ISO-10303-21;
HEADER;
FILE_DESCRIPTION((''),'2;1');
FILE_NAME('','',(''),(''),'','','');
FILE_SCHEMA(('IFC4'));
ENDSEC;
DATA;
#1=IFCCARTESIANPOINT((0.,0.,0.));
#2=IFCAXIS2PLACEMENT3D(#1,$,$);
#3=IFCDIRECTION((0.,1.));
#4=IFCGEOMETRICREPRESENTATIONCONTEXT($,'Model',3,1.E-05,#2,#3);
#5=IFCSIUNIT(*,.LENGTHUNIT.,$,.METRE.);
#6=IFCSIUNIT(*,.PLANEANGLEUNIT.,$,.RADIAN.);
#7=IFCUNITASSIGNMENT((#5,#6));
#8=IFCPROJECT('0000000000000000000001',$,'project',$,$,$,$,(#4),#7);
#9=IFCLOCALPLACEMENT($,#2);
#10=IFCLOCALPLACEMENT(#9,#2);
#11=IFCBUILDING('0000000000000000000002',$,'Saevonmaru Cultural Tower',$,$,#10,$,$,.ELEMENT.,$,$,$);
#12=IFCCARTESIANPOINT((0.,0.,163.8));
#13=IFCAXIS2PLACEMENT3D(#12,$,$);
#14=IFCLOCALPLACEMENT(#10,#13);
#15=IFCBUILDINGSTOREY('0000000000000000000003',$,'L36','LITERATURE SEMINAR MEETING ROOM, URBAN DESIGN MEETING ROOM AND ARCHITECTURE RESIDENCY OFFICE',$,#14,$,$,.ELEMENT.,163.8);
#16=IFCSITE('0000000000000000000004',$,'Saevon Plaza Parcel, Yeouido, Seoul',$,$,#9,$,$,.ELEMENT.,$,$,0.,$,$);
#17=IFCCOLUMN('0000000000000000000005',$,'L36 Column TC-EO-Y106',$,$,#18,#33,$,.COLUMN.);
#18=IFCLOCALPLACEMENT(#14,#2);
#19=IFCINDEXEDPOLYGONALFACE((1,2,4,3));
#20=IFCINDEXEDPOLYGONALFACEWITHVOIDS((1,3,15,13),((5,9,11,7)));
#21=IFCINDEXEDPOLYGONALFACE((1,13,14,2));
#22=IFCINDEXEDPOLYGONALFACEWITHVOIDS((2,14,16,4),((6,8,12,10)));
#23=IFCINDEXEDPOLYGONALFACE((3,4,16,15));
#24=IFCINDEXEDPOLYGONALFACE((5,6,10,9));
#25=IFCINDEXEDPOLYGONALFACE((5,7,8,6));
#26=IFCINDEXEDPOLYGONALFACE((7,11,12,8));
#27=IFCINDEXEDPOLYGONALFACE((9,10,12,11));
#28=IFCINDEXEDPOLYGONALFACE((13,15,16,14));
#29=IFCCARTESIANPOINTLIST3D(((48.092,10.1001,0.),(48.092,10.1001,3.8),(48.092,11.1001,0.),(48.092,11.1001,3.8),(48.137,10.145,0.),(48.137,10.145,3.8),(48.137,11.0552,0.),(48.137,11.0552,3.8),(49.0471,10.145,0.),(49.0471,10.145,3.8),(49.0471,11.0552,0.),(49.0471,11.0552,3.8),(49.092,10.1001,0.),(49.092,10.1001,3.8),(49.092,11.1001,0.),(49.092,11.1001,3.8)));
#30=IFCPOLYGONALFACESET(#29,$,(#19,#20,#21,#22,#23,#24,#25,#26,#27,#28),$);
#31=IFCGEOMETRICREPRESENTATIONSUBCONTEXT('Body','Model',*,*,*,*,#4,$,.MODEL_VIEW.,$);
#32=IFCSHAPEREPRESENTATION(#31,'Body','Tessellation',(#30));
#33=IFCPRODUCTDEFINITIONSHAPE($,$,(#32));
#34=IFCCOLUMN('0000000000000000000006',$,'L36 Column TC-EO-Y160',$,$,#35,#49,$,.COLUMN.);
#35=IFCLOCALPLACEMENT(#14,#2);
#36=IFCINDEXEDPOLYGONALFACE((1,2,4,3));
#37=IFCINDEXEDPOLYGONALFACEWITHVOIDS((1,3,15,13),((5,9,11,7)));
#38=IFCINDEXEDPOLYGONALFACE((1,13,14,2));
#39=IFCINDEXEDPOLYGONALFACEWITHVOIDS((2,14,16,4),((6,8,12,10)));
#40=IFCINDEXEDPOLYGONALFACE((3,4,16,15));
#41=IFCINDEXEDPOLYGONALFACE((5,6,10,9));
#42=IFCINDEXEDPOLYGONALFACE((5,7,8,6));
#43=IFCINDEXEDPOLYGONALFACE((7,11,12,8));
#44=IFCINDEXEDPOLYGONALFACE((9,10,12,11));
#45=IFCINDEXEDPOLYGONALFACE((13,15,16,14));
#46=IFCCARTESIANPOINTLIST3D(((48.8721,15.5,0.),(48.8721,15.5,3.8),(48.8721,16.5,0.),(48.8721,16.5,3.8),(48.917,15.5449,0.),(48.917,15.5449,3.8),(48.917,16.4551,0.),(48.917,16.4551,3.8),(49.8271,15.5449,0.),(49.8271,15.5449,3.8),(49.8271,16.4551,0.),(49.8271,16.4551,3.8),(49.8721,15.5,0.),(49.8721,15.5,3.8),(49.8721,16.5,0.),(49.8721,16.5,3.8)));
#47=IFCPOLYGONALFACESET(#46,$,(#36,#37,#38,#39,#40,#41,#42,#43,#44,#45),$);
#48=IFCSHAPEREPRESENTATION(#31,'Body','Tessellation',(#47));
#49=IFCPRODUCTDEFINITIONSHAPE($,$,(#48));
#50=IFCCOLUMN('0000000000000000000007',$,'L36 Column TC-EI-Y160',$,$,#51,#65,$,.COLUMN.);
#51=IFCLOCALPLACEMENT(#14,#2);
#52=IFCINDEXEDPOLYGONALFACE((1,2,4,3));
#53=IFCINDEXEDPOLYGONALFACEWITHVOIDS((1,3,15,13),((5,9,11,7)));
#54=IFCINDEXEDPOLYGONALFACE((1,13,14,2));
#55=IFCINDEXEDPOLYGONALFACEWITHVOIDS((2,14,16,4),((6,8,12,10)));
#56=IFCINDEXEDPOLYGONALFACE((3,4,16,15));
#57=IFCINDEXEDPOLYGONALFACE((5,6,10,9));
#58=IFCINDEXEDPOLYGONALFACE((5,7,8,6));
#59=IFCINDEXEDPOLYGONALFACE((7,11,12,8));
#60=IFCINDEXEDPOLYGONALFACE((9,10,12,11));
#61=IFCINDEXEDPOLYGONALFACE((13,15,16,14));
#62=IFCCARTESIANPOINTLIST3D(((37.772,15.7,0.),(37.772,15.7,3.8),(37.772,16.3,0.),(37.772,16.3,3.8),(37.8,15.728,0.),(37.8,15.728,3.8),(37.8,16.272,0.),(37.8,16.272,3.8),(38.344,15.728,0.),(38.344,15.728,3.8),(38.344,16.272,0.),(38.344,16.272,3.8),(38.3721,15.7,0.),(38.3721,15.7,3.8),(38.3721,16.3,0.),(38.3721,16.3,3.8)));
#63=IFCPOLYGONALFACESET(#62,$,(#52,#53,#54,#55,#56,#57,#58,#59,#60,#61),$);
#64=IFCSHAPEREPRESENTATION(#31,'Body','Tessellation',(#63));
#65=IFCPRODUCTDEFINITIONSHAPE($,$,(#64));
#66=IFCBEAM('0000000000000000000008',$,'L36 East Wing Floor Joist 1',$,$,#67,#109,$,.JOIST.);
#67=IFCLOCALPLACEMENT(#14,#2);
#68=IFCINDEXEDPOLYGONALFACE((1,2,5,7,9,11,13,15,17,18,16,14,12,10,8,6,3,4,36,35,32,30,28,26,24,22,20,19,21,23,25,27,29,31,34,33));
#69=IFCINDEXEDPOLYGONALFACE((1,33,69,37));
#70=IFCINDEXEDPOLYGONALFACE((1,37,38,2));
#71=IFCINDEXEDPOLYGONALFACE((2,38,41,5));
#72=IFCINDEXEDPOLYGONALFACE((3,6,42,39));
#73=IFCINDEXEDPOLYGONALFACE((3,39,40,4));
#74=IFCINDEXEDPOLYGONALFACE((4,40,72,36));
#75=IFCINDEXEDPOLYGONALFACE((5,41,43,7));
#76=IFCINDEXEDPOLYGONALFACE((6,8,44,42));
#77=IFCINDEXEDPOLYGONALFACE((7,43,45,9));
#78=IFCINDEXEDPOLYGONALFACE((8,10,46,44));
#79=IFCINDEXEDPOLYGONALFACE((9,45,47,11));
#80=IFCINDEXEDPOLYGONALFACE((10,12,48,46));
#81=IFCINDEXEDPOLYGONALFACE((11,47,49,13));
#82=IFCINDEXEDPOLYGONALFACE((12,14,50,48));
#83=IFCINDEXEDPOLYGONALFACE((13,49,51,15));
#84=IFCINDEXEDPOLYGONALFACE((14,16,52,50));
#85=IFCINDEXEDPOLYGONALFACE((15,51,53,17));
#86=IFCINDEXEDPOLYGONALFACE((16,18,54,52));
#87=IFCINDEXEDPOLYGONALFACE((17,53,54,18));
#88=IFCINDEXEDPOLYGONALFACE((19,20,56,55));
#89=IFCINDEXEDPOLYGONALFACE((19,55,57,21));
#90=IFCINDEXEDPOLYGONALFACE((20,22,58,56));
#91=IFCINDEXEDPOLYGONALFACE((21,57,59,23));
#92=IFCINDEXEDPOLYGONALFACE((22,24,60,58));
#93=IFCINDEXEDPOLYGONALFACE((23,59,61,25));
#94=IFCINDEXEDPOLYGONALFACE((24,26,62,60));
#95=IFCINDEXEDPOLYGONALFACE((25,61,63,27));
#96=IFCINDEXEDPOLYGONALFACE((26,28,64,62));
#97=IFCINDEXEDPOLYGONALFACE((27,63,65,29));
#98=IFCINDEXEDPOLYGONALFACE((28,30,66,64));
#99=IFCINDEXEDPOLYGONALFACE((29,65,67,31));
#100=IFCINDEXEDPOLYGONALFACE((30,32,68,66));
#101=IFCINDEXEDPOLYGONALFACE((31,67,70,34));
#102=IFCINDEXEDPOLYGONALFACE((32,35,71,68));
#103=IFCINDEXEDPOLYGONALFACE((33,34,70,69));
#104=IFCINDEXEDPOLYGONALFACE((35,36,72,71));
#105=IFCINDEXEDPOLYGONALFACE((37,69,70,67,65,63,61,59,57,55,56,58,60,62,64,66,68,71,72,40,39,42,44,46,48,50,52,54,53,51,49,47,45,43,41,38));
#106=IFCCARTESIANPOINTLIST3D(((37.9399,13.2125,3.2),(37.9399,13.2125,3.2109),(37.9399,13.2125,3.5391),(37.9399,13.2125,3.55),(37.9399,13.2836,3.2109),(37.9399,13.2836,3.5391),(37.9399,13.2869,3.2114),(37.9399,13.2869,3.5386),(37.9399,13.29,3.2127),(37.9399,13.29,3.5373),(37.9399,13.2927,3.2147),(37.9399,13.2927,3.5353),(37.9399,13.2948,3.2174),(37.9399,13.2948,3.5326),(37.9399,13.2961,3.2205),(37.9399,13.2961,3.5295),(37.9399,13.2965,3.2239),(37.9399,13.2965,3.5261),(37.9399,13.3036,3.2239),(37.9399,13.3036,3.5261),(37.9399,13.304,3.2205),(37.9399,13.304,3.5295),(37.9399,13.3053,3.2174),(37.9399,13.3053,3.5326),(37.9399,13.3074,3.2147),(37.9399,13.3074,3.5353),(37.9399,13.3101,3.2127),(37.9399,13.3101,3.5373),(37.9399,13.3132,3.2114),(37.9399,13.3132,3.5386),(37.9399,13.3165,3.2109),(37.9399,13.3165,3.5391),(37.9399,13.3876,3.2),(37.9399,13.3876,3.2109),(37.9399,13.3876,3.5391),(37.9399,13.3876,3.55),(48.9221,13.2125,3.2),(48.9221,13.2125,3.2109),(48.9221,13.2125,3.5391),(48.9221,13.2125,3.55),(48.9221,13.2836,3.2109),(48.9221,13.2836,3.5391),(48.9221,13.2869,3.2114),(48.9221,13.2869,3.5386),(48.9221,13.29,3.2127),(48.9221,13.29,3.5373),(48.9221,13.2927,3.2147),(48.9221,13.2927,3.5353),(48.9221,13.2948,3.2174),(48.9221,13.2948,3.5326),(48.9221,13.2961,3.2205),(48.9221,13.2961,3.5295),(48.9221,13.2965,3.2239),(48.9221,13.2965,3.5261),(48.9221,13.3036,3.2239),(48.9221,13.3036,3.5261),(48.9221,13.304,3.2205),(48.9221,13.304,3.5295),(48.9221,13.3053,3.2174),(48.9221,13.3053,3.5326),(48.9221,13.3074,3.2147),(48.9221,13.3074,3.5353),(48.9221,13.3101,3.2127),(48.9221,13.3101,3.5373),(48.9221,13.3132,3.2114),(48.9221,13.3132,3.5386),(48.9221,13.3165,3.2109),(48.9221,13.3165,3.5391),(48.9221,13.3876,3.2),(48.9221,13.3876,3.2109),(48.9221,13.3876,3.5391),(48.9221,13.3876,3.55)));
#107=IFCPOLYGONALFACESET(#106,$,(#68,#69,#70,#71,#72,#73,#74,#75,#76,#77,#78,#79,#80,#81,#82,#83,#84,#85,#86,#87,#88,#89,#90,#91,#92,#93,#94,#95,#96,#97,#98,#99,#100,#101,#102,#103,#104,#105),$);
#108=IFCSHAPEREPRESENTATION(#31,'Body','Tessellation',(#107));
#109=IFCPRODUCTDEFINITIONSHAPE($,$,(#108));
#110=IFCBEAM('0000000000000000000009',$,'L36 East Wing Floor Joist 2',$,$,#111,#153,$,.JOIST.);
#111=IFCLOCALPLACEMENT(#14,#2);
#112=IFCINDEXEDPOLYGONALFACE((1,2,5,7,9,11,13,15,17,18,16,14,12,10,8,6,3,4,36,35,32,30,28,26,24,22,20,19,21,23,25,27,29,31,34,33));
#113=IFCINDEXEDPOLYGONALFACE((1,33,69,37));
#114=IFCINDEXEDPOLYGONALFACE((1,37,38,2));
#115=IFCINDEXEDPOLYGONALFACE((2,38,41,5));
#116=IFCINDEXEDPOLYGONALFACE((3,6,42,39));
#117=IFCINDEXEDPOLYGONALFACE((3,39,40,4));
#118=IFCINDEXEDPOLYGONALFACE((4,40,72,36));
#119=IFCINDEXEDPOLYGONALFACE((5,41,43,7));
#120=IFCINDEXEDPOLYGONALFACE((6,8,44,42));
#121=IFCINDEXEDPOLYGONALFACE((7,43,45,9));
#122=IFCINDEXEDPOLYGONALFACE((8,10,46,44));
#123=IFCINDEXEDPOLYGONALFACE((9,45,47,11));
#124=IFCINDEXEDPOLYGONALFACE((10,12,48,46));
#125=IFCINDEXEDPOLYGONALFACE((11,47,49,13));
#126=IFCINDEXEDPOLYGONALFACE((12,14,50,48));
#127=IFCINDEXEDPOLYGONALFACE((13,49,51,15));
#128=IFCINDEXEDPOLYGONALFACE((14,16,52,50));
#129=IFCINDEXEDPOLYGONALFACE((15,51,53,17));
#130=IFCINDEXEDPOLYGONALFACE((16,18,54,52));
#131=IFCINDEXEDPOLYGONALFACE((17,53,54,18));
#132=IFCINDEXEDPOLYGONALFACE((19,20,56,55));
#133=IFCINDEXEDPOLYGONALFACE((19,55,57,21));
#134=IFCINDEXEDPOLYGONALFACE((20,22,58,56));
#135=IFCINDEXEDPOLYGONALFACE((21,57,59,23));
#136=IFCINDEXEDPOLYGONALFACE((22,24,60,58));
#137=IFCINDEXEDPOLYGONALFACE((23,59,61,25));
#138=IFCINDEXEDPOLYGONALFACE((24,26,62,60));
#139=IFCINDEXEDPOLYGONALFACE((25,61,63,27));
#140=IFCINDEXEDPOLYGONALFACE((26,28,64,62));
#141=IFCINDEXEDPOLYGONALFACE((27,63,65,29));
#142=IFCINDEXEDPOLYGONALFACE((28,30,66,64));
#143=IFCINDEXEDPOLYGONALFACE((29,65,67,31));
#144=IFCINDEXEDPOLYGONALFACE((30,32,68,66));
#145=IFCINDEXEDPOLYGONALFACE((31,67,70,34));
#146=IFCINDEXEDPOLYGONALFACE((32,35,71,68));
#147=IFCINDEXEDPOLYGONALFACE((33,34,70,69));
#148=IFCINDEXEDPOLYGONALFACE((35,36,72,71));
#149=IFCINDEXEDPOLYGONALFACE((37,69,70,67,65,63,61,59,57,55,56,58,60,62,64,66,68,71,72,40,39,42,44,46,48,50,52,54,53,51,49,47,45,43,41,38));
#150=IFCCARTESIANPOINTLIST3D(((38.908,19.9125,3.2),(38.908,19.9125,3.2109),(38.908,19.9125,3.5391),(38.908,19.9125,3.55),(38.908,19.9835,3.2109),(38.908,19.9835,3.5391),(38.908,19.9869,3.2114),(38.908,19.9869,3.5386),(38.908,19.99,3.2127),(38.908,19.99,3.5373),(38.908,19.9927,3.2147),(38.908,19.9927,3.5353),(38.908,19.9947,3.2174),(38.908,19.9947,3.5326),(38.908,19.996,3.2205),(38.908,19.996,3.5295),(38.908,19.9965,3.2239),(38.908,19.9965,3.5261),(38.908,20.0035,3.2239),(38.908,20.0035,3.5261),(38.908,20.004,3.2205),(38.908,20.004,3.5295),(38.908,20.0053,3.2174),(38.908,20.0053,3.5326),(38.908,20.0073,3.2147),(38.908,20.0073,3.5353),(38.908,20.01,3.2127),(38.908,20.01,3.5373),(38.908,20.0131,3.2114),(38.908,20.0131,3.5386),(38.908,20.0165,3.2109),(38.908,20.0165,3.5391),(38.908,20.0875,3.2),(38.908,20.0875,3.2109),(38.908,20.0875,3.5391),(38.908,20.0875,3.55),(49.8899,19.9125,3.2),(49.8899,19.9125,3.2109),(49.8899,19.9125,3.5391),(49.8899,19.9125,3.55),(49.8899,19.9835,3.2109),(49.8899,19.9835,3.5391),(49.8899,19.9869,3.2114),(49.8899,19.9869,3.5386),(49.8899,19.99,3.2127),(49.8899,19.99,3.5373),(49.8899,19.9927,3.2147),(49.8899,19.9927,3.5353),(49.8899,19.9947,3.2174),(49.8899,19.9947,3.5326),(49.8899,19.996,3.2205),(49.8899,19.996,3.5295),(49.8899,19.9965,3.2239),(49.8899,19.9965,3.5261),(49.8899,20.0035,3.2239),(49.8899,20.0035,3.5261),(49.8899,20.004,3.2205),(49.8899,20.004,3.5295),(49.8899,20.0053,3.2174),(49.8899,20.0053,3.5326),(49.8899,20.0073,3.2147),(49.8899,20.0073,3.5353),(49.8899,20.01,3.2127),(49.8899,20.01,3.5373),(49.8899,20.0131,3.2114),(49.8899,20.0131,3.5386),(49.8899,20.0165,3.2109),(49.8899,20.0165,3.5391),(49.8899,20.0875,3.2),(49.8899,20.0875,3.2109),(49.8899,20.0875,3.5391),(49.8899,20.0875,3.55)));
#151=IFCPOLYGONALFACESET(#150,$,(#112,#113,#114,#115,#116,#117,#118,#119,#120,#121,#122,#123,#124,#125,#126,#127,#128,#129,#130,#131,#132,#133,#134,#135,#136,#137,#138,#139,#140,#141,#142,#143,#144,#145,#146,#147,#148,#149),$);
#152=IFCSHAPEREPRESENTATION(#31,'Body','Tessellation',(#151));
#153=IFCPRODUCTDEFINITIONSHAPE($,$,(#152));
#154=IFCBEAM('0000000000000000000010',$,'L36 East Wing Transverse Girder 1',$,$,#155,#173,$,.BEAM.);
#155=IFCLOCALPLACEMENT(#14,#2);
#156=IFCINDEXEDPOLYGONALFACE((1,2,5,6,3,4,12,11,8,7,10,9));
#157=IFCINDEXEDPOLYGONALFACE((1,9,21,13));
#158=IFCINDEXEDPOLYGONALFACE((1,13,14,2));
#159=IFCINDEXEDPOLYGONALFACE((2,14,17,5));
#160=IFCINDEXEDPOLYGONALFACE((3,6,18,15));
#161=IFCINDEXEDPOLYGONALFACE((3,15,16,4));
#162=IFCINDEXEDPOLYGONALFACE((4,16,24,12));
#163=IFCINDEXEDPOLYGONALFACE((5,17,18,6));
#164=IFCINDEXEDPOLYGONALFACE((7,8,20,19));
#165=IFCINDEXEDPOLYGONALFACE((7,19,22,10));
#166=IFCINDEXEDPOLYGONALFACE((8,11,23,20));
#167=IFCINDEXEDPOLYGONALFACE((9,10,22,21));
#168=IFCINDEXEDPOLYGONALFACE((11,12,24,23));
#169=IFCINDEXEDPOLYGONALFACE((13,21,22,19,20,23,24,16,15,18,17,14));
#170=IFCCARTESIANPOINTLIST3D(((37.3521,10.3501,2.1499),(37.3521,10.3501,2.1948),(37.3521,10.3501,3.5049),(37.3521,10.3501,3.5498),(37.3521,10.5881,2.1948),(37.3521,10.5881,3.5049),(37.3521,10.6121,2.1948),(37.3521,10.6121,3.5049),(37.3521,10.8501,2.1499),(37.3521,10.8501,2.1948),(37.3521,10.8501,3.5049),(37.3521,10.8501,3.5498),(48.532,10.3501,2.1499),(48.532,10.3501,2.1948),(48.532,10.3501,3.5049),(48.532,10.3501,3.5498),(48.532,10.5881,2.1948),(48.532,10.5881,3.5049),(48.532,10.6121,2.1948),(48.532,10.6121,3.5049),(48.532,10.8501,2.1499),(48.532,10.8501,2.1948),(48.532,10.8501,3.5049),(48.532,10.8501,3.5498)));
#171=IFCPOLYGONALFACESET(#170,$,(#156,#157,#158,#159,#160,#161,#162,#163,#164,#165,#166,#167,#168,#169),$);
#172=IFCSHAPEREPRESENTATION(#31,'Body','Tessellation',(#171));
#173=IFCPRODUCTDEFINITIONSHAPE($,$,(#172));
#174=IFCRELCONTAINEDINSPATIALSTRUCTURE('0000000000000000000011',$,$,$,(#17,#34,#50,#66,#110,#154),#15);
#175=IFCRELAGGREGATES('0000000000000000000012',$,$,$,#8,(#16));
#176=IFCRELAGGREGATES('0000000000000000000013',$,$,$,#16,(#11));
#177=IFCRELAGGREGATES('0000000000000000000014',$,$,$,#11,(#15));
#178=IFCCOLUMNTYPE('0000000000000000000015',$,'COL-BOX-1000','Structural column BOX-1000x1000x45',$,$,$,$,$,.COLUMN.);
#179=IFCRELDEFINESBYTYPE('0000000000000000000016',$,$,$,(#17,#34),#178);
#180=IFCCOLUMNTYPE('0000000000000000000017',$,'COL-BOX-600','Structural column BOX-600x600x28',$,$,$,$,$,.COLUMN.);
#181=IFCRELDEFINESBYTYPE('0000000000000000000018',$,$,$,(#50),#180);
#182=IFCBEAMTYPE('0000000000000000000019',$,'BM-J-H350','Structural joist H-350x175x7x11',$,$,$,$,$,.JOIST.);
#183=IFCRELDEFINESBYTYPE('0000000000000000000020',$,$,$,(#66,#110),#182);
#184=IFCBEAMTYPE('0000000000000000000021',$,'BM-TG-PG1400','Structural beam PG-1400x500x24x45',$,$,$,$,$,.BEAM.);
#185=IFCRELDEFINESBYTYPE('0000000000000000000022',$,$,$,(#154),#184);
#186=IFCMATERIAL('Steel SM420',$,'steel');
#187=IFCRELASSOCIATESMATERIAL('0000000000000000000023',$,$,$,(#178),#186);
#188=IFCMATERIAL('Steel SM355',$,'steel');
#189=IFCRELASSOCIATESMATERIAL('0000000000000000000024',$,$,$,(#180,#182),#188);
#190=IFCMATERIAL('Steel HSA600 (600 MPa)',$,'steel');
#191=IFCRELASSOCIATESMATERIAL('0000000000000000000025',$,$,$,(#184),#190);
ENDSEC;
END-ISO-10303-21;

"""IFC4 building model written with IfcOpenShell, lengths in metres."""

from ifc_helpers import new_model, si_unit, direction, frame, origin, origin_2d, place, context, subcontext, project, spatial, hollow_rectangle, i_section, extrude, material, material_profile, profile_set, type_object, element, save


model = new_model("IFC4")

# Units and contexts
model_context = context("Model", 3, precision=1e-05, world=origin(), true_north=direction((0.0, 1.0)))
body_context = subcontext(model_context, "Body", "Model", "MODEL_VIEW")
ifc_project = project(units=[si_unit("LENGTHUNIT", "METRE"), si_unit("PLANEANGLEUNIT", "RADIAN")], contexts=[model_context])

# Site, building, storey
site_placement = place(None, origin())
site = spatial("IfcSite", under=ifc_project, at=site_placement, Name="Saevon Plaza Parcel, Yeouido, Seoul", CompositionType="ELEMENT", RefElevation=0.0)
building_placement = place(site_placement, origin())
building = spatial("IfcBuilding", under=site, at=building_placement, Name="Saevonmaru Cultural Tower", CompositionType="ELEMENT")
storey_placement = place(building_placement, frame((0.0, 0.0, 163.8)))
storey = spatial("IfcBuildingStorey", under=building, at=storey_placement, Name="L36", Description="LITERATURE SEMINAR MEETING ROOM, URBAN DESIGN MEETING ROOM AND ARCHITECTURE RESIDENCY OFFICE", CompositionType="ELEMENT", Elevation=163.8)

# Columns
ifc_material_1 = material(Name="Steel SM420", Category="steel")
ifc_material_profile_1 = material_profile(ifc_material_1, hollow_rectangle(XDim=1.0, YDim=1.0, WallThickness=0.0449, at=origin_2d()), Name="BOX-1000x1000x45")
ifc_profile_set_1 = profile_set([ifc_material_profile_1], Name="Steel SM420")
column_type_1 = type_object("IfcColumnType", Name="COL-BOX-1000", Description="Structural column BOX-1000x1000x45", PredefinedType="COLUMN", material=ifc_profile_set_1)
for number, where, z_axis, x_axis, name in (
    (1, (48.592, 10.6001, 0.0), (0.0, 0.0, 1.0), (1.0, 0.0, 0.0), "L36 Column TC-EO-Y106"),
    (2, (49.3721, 16.0, 0.0), (0.0, 0.0, 1.0), (1.0, 0.0, 0.0), "L36 Column TC-EO-Y160"),
):
    element("IfcColumn", number, at=place(storey_placement, frame(where, z_axis=z_axis, x_axis=x_axis)), inside=storey, type_object=column_type_1, Name=name, PredefinedType="COLUMN", context=body_context, shape_type="SweptSolid", body=[
        extrude(hollow_rectangle(XDim=1.0, YDim=1.0, WallThickness=0.0449, at=origin_2d()), origin(), (0.0, 0.0, 1.0), 3.8),
    ])
ifc_material_2 = material(Name="Steel SM355", Category="steel")
ifc_material_profile_2 = material_profile(ifc_material_2, hollow_rectangle(XDim=0.6001, YDim=0.6001, WallThickness=0.0281, at=origin_2d()), Name="BOX-600x600x28")
ifc_profile_set_2 = profile_set([ifc_material_profile_2], Name="Steel SM355")
column_type_2 = type_object("IfcColumnType", Name="COL-BOX-600", Description="Structural column BOX-600x600x28", PredefinedType="COLUMN", material=ifc_profile_set_2)
column_placement = place(storey_placement, frame((38.072, 16.0, 0.0), z_axis=(0.0, 0.0, 1.0), x_axis=(1.0, 0.0, 0.0)))
element("IfcColumn", 3, at=column_placement, inside=storey, type_object=column_type_2, Name="L36 Column TC-EI-Y160", PredefinedType="COLUMN", context=body_context, shape_type="SweptSolid", body=[
    extrude(hollow_rectangle(XDim=0.6001, YDim=0.6001, WallThickness=0.0281, at=origin_2d()), origin(), (0.0, 0.0, 1.0), 3.8),
])

# Beams
ifc_material_profile_3 = material_profile(ifc_material_2, i_section(OverallWidth=0.175, OverallDepth=0.3501, WebThickness=0.0071, FlangeThickness=0.011, FilletRadius=0.0129, at=origin_2d()), Name="H-350x175x7x11")
ifc_profile_set_3 = profile_set([ifc_material_profile_3], Name="Steel SM355")
beam_type_1 = type_object("IfcBeamType", Name="BM-J-H350", Description="Structural joist H-350x175x7x11", PredefinedType="JOIST", material=ifc_profile_set_3)
beam_1_placement = place(storey_placement, frame((37.9399, 13.3, 3.375), z_axis=(1.0, 0.0, 0.0), x_axis=(0.0, 1.0, 0.0)))
element("IfcBeam", 4, at=beam_1_placement, inside=storey, type_object=beam_type_1, Name="L36 East Wing Floor Joist 1", PredefinedType="JOIST", context=body_context, shape_type="SweptSolid", body=[
    extrude(i_section(OverallWidth=0.175, OverallDepth=0.3501, WebThickness=0.0071, FlangeThickness=0.011, FilletRadius=0.0129, at=origin_2d()), origin(), (0.0, 0.0, 1.0), 10.9822),
])
beam_2_placement = place(storey_placement, frame((38.908, 20.0, 3.375), z_axis=(1.0, 0.0, 0.0), x_axis=(0.0, 1.0, 0.0)))
element("IfcBeam", 5, at=beam_2_placement, inside=storey, type_object=beam_type_1, Name="L36 East Wing Floor Joist 2", PredefinedType="JOIST", context=body_context, shape_type="SweptSolid", body=[
    extrude(i_section(OverallWidth=0.175, OverallDepth=0.3501, WebThickness=0.0071, FlangeThickness=0.011, FilletRadius=0.0129, at=origin_2d()), origin(), (0.0, 0.0, 1.0), 10.9819),
])
ifc_material_3 = material(Name="Steel HSA600 (600 MPa)", Category="steel")
ifc_material_profile_4 = material_profile(ifc_material_3, i_section(OverallWidth=0.5, OverallDepth=1.3999, WebThickness=0.0239, FlangeThickness=0.0449, at=origin_2d()), Name="PG-1400x500x24x45")
ifc_profile_set_4 = profile_set([ifc_material_profile_4], Name="Steel HSA600 (600 MPa)")
beam_type_2 = type_object("IfcBeamType", Name="BM-TG-PG1400", Description="Structural beam PG-1400x500x24x45", PredefinedType="BEAM", material=ifc_profile_set_4)
beam_3_placement = place(storey_placement, frame((37.3521, 10.6001, 2.8499), z_axis=(1.0, 0.0, 0.0), x_axis=(0.0, 1.0, 0.0)))
element("IfcBeam", 6, at=beam_3_placement, inside=storey, type_object=beam_type_2, Name="L36 East Wing Transverse Girder 1", PredefinedType="BEAM", context=body_context, shape_type="SweptSolid", body=[
    extrude(i_section(OverallWidth=0.5, OverallDepth=1.3999, WebThickness=0.0239, FlangeThickness=0.0449, at=origin_2d()), origin(), (0.0, 0.0, 1.0), 11.1799),
])

save(model, "model.ifc")
